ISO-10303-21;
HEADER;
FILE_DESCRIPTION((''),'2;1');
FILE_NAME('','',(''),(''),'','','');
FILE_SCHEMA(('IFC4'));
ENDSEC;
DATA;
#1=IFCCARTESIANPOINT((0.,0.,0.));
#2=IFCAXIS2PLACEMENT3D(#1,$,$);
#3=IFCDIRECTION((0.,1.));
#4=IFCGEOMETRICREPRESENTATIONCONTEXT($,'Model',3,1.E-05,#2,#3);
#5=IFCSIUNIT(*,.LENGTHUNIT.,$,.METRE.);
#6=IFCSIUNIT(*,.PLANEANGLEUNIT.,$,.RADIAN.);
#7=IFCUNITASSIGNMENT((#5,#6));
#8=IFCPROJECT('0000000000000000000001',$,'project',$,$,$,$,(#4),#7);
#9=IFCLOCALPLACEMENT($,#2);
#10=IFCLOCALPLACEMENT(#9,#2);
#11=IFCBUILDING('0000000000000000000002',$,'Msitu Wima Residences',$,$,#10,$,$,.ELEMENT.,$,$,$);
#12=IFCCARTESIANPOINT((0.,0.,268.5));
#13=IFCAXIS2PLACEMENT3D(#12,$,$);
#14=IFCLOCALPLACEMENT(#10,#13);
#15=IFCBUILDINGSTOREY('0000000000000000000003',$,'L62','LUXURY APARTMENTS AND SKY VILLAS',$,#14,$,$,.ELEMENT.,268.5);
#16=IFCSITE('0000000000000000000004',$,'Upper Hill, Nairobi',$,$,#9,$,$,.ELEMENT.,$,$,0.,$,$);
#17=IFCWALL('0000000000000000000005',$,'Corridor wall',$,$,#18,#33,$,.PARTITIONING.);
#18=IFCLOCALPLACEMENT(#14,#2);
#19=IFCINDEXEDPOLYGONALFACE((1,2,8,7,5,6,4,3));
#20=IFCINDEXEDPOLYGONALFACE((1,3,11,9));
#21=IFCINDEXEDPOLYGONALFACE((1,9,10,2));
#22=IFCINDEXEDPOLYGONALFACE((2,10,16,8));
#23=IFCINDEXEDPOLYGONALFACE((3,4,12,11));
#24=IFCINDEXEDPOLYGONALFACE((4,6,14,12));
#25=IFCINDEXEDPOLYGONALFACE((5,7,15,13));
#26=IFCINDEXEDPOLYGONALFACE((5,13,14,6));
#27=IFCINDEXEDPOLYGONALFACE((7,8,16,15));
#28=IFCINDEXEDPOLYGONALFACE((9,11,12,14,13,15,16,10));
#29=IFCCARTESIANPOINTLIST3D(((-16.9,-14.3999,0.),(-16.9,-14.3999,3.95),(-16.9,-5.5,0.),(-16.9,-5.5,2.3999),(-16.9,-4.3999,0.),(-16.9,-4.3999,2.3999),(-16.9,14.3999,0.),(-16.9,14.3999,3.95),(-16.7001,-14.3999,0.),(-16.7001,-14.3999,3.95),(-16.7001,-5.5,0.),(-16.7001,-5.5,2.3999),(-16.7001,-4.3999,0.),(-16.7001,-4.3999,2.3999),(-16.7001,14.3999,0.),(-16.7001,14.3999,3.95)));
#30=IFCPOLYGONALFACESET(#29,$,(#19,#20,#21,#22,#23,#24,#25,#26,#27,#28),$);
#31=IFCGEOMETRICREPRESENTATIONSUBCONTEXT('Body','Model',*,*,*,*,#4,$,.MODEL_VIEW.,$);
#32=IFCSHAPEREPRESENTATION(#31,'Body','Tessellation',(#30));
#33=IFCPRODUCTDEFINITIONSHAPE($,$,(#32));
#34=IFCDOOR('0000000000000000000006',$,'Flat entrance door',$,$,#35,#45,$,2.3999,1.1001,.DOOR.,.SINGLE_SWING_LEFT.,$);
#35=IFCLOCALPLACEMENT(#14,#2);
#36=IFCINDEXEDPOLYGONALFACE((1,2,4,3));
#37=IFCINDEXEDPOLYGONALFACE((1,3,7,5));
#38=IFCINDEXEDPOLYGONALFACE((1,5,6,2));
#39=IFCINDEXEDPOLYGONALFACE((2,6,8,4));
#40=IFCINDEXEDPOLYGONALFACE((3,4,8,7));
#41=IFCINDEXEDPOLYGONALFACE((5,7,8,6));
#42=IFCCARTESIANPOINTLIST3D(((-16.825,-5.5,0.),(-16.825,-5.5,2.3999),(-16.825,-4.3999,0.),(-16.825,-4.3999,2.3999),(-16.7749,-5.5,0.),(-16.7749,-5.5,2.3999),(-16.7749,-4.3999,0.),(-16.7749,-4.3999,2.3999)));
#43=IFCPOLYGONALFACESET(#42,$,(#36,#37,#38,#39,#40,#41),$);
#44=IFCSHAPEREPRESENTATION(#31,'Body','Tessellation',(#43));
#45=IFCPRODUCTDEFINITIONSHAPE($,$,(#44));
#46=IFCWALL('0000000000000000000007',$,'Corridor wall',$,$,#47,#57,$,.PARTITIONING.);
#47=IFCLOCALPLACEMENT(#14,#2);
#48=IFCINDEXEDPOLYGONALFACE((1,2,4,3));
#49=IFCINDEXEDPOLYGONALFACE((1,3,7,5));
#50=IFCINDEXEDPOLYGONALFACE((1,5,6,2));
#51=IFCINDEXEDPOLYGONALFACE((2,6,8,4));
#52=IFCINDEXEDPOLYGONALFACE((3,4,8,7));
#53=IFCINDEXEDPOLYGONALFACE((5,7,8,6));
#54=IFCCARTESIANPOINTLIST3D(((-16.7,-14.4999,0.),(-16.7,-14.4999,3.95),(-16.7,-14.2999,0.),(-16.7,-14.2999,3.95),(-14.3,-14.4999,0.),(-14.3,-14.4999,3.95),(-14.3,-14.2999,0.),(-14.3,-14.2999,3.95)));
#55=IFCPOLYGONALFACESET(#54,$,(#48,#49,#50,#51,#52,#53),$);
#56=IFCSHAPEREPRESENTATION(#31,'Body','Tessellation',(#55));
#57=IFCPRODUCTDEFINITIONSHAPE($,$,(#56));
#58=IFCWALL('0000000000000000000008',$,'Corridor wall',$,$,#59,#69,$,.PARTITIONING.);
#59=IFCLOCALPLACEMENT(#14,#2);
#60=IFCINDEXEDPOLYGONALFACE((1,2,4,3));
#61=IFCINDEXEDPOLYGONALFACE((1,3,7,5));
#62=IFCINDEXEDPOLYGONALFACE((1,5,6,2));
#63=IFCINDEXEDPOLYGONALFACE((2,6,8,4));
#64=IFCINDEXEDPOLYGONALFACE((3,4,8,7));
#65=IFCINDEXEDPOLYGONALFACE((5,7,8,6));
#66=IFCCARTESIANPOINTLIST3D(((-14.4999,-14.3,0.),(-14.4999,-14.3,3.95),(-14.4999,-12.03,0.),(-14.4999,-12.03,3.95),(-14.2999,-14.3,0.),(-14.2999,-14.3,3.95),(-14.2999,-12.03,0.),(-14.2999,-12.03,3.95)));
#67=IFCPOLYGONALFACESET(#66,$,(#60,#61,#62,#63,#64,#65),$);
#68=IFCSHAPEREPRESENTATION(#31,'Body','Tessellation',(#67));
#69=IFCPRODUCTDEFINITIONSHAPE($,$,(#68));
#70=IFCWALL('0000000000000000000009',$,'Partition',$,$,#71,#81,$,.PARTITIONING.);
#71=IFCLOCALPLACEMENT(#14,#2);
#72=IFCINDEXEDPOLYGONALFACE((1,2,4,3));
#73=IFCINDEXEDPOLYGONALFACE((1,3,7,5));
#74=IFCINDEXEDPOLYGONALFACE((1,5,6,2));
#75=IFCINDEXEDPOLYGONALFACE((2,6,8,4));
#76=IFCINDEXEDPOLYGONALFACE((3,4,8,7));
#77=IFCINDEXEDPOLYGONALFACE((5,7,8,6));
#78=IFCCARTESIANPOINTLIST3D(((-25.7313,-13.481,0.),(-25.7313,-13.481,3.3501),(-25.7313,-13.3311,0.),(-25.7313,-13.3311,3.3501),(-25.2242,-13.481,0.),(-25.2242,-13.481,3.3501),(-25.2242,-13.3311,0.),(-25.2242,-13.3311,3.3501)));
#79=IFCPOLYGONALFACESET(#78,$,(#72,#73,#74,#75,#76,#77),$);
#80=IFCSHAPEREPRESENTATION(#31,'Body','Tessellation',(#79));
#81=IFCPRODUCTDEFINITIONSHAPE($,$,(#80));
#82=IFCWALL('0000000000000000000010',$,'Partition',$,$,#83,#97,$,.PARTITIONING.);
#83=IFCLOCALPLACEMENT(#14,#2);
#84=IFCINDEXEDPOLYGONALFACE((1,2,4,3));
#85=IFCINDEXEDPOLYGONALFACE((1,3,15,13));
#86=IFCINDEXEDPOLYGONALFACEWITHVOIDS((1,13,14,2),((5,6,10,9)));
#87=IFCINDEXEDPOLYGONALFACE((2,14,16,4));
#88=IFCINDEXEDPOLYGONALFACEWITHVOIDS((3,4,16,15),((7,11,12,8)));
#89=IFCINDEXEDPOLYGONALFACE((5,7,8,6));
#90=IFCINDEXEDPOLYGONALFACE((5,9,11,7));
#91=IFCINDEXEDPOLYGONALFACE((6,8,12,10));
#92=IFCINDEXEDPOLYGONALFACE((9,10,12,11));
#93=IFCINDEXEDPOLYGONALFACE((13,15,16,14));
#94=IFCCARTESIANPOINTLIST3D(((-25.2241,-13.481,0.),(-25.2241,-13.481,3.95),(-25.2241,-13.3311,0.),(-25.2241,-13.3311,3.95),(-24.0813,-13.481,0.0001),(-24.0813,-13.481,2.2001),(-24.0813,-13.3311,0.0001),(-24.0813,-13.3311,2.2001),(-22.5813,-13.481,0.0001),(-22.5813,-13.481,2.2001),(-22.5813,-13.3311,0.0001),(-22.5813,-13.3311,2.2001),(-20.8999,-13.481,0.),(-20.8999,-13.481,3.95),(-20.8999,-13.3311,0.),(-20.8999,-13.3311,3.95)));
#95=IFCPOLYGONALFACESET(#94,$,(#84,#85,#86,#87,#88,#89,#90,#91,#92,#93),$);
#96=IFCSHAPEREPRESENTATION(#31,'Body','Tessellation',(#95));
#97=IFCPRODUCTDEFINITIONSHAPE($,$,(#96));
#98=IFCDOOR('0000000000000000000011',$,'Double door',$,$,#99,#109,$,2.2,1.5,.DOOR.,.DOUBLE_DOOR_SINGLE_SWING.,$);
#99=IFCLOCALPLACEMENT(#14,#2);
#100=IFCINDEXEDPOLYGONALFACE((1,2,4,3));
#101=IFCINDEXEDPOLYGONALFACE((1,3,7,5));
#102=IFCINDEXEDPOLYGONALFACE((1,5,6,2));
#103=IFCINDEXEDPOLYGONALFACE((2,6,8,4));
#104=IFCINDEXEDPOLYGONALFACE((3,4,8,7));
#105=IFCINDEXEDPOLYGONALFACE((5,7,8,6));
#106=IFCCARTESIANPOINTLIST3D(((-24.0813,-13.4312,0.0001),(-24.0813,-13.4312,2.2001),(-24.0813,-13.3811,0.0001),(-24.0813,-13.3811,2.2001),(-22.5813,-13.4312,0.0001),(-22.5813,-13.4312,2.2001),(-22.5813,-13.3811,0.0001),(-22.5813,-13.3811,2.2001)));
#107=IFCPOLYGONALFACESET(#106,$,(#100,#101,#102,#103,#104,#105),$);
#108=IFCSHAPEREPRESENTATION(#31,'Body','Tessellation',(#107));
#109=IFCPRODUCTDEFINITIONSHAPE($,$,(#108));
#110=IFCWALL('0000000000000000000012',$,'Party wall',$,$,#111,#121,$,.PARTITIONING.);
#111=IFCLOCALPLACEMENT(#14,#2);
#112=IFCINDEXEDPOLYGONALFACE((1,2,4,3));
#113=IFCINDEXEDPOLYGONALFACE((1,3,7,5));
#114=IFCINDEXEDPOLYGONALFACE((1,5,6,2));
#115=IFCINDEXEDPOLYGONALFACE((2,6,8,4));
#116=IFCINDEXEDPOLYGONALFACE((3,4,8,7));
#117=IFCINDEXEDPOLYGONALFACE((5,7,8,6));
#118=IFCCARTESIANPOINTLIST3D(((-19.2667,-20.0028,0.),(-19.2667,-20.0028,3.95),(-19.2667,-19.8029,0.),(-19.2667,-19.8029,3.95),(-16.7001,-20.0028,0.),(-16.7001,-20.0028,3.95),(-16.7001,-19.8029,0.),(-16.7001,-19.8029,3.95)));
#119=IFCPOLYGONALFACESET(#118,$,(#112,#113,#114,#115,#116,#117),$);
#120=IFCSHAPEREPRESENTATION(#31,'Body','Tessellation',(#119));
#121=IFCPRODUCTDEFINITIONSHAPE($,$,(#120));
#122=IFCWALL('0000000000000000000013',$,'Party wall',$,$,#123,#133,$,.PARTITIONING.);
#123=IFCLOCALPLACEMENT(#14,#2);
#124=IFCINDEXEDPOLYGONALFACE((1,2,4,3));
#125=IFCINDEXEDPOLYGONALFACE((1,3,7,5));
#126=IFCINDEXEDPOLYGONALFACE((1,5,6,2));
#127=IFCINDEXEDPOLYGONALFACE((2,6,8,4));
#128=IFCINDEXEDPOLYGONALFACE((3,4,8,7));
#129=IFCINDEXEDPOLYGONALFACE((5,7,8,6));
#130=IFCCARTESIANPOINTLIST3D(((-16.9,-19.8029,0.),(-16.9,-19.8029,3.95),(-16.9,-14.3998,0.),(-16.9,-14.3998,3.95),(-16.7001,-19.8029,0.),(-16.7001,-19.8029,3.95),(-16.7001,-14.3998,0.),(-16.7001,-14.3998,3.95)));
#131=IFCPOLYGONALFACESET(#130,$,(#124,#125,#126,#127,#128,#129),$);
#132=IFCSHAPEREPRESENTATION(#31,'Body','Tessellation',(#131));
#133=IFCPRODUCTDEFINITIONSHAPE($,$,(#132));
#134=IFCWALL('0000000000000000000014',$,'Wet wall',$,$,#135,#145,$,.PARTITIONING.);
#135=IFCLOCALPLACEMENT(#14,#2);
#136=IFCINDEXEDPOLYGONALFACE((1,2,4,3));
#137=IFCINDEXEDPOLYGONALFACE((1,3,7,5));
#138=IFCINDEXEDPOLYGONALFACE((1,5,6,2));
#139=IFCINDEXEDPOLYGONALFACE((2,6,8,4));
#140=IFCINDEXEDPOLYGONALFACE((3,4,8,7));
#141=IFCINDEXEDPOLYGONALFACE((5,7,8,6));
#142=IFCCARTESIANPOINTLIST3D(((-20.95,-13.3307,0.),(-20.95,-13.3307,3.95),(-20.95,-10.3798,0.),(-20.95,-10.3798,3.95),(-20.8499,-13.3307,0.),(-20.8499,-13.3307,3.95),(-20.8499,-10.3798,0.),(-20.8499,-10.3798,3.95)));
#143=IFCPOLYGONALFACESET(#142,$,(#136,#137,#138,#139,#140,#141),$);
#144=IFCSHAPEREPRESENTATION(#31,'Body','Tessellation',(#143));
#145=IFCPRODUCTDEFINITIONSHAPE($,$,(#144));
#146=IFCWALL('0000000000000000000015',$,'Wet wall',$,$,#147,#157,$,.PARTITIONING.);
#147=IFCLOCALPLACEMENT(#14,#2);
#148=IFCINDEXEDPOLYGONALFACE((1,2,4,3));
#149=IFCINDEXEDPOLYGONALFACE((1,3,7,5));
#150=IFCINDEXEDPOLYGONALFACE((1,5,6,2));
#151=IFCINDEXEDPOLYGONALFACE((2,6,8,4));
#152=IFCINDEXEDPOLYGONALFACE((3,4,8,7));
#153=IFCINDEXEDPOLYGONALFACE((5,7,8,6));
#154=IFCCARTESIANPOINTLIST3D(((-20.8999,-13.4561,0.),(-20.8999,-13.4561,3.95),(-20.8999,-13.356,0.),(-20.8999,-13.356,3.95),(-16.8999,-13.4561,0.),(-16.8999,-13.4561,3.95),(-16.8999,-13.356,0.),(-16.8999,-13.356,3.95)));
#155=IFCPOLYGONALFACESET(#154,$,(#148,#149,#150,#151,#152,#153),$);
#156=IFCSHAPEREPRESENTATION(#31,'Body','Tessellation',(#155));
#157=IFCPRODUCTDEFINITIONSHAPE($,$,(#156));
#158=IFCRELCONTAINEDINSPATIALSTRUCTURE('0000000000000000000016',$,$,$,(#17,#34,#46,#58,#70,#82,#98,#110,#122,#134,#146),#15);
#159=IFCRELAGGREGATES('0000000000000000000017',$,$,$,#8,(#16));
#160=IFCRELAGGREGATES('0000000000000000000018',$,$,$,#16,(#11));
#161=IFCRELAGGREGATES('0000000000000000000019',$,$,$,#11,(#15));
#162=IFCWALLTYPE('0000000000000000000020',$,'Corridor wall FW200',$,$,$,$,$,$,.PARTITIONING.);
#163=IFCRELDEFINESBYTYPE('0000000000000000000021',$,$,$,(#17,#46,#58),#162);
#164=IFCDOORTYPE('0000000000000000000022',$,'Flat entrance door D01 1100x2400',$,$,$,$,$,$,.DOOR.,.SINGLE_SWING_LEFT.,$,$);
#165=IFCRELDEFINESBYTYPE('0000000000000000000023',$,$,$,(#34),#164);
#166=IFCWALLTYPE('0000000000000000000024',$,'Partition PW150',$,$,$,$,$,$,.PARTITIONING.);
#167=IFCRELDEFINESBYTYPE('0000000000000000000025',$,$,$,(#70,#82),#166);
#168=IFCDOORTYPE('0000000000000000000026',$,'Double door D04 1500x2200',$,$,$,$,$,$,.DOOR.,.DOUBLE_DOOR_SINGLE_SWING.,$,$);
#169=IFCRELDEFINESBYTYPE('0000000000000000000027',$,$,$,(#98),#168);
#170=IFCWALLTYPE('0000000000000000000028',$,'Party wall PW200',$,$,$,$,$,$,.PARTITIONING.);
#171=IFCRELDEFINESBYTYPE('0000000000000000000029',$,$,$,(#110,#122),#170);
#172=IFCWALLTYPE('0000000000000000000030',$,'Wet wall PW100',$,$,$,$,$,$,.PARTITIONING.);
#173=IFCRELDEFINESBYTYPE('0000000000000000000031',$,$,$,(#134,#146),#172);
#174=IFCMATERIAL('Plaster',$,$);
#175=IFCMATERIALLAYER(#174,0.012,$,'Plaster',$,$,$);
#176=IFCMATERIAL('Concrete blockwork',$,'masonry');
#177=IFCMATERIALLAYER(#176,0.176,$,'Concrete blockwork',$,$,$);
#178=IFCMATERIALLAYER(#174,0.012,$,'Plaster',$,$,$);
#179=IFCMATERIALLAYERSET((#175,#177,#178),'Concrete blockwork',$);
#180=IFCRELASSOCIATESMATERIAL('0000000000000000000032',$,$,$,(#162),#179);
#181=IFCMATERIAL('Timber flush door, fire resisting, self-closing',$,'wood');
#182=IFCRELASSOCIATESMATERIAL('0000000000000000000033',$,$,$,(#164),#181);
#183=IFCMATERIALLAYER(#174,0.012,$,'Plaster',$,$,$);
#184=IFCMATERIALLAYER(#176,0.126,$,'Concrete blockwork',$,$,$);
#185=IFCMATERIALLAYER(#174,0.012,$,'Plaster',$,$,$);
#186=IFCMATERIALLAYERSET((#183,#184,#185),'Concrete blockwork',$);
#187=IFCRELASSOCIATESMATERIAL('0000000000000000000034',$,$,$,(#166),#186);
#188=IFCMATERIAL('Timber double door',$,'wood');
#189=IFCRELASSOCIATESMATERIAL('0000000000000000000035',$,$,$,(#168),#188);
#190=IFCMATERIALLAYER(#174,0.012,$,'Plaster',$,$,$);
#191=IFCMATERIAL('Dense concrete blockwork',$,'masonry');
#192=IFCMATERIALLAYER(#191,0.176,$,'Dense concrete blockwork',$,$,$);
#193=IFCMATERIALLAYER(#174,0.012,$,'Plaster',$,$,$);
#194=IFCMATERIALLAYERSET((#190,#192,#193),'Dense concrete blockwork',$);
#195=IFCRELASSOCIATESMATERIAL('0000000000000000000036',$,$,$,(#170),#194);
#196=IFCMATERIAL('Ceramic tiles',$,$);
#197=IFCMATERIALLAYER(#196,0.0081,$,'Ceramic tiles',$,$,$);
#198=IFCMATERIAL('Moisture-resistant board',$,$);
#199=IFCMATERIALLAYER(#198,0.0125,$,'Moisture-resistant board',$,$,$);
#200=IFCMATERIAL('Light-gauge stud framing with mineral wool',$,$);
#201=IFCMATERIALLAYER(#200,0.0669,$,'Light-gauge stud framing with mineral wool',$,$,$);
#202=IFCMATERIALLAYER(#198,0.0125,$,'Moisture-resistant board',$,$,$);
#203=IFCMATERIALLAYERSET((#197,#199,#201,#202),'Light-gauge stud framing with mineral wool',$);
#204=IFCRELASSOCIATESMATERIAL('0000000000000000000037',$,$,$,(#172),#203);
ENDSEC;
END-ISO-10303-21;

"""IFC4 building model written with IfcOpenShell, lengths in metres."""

from ifc_helpers import new_model, si_unit, direction, frame, frame_2d, origin, place, context, subcontext, project, spatial, rectangle, extrude, material, layer, layer_set, type_object, element, fill, save


model = new_model("IFC4")

# Units and contexts
model_context = context("Model", 3, precision=1e-05, world=origin(), true_north=direction((0.0, 1.0)))
body_context = subcontext(model_context, "Body", "Model", "MODEL_VIEW")
ifc_project = project(units=[si_unit("LENGTHUNIT", "METRE"), si_unit("PLANEANGLEUNIT", "RADIAN")], contexts=[model_context])

# Site, building, storey
site_placement = place(None, origin())
site = spatial("IfcSite", under=ifc_project, at=site_placement, Name="Upper Hill, Nairobi", CompositionType="ELEMENT", RefElevation=0.0)
building_placement = place(site_placement, origin())
building = spatial("IfcBuilding", under=site, at=building_placement, Name="Msitu Wima Residences", CompositionType="ELEMENT")
storey_placement = place(building_placement, frame((0.0, 0.0, 268.5)))
storey = spatial("IfcBuildingStorey", under=building, at=storey_placement, Name="L62", Description="LUXURY APARTMENTS AND SKY VILLAS", CompositionType="ELEMENT", Elevation=268.5)

# Wall, opening, door
ifc_material_1 = material(Name="Plaster")
ifc_layer_1 = layer(ifc_material_1, 0.012, Name="Plaster")
ifc_material_2 = material(Name="Concrete blockwork", Category="masonry")
ifc_layer_2 = layer(ifc_material_2, 0.176, Name="Concrete blockwork")
ifc_layer_3 = layer(ifc_material_1, 0.012, Name="Plaster")
ifc_layer_set_1 = layer_set([ifc_layer_1, ifc_layer_2, ifc_layer_3], Name="Concrete blockwork")
wall_type_1 = type_object("IfcWallType", Name="Corridor wall FW200", PredefinedType="PARTITIONING", material=ifc_layer_set_1)
wall_1_placement = place(storey_placement, frame((-16.8, -14.3999, 0.0), z_axis=(0.0, 0.0, 1.0), x_axis=(0.0, 1.0, 0.0)))
wall_1 = element("IfcWall", 1, at=wall_1_placement, inside=storey, type_object=wall_type_1, Name="Corridor wall", PredefinedType="PARTITIONING", context=body_context, shape_type="SweptSolid", body=[
    extrude(rectangle(XDim=28.7998, YDim=0.2, at=frame_2d((14.3999, 0.0))), origin(), (0.0, 0.0, 1.0), 3.95),
])
opening_1_placement = place(wall_1_placement, frame((8.8999, 0.0, 0.0)))
opening_1 = element("IfcOpeningElement", 2, at=opening_1_placement, cuts=wall_1, PredefinedType="OPENING", context=body_context, shape_type="SweptSolid", body=[
    extrude(rectangle(XDim=1.1001, YDim=2.3999, at=frame_2d((0.55, 1.2))), frame((0.0, 0.1099, 0.0), z_axis=(0.0, -1.0, 0.0), x_axis=(1.0, 0.0, 0.0)), (0.0, 0.0, 1.0), 0.22),
])
ifc_material_3 = material(Name="Timber flush door, fire resisting, self-closing", Category="wood")
door_type_1 = type_object("IfcDoorType", Name="Flat entrance door D01 1100x2400", OperationType="SINGLE_SWING_LEFT", PredefinedType="DOOR", material=ifc_material_3)
door_1_placement = place(opening_1_placement, origin())
door_1 = element("IfcDoor", 3, at=door_1_placement, inside=storey, type_object=door_type_1, Name="Flat entrance door", OperationType="SINGLE_SWING_LEFT", OverallHeight=2.3999, OverallWidth=1.1001, PredefinedType="DOOR", context=body_context, shape_type="SweptSolid", body=[
    extrude(rectangle(XDim=1.1001, YDim=2.3999, at=frame_2d((0.55, 1.2))), frame((0.0, 0.0249, 0.0), z_axis=(0.0, -1.0, 0.0), x_axis=(1.0, 0.0, 0.0)), (0.0, 0.0, 1.0), 0.05),
])
fill(opening_1, door_1)

# Walls
wall_2_placement = place(storey_placement, frame((-16.7, -14.3999, 0.0), z_axis=(0.0, 0.0, 1.0), x_axis=(1.0, 0.0, 0.0)))
element("IfcWall", 4, at=wall_2_placement, inside=storey, type_object=wall_type_1, Name="Corridor wall", PredefinedType="PARTITIONING", context=body_context, shape_type="SweptSolid", body=[
    extrude(rectangle(XDim=2.3999, YDim=0.2, at=frame_2d((1.2, 0.0))), origin(), (0.0, 0.0, 1.0), 3.95),
])
wall_3_placement = place(storey_placement, frame((-14.3999, -14.3, 0.0), z_axis=(0.0, 0.0, 1.0), x_axis=(0.0, 1.0, 0.0)))
element("IfcWall", 5, at=wall_3_placement, inside=storey, type_object=wall_type_1, Name="Corridor wall", PredefinedType="PARTITIONING", context=body_context, shape_type="SweptSolid", body=[
    extrude(rectangle(XDim=2.27, YDim=0.2, at=frame_2d((1.135, 0.0))), origin(), (0.0, 0.0, 1.0), 3.95),
])
ifc_layer_4 = layer(ifc_material_1, 0.012, Name="Plaster")
ifc_layer_5 = layer(ifc_material_2, 0.126, Name="Concrete blockwork")
ifc_layer_6 = layer(ifc_material_1, 0.012, Name="Plaster")
ifc_layer_set_2 = layer_set([ifc_layer_4, ifc_layer_5, ifc_layer_6], Name="Concrete blockwork")
wall_type_2 = type_object("IfcWallType", Name="Partition PW150", PredefinedType="PARTITIONING", material=ifc_layer_set_2)
wall_4_placement = place(storey_placement, frame((-25.7312, -13.406, 0.0), z_axis=(0.0, 0.0, 1.0), x_axis=(1.0, 0.0, 0.0)))
element("IfcWall", 6, at=wall_4_placement, inside=storey, type_object=wall_type_2, Name="Partition", PredefinedType="PARTITIONING", context=body_context, shape_type="SweptSolid", body=[
    extrude(rectangle(XDim=0.5071, YDim=0.1499, at=frame_2d((0.2534, 0.0))), origin(), (0.0, 0.0, 1.0), 3.3501),
])

# Wall, opening, door
wall_5_placement = place(storey_placement, frame((-25.2241, -13.406, 0.0), z_axis=(0.0, 0.0, 1.0), x_axis=(1.0, 0.0, 0.0)))
wall_5 = element("IfcWall", 7, at=wall_5_placement, inside=storey, type_object=wall_type_2, Name="Partition", PredefinedType="PARTITIONING", context=body_context, shape_type="SweptSolid", body=[
    extrude(rectangle(XDim=4.3242, YDim=0.1499, at=frame_2d((2.1621, 0.0))), origin(), (0.0, 0.0, 1.0), 3.95),
])
opening_2_placement = place(wall_5_placement, frame((1.1428, 0.0, 0.0)))
opening_2 = element("IfcOpeningElement", 8, at=opening_2_placement, cuts=wall_5, PredefinedType="OPENING", context=body_context, shape_type="SweptSolid", body=[
    extrude(rectangle(XDim=1.5, YDim=2.2, at=frame_2d((0.75, 1.1001))), frame((0.0, 0.085, 0.0), z_axis=(0.0, -1.0, 0.0), x_axis=(1.0, 0.0, 0.0)), (0.0, 0.0, 1.0), 0.1699),
])
ifc_material_4 = material(Name="Timber double door", Category="wood")
door_type_2 = type_object("IfcDoorType", Name="Double door D04 1500x2200", OperationType="DOUBLE_DOOR_SINGLE_SWING", PredefinedType="DOOR", material=ifc_material_4)
door_2_placement = place(opening_2_placement, origin())
door_2 = element("IfcDoor", 9, at=door_2_placement, inside=storey, type_object=door_type_2, Name="Double door", OperationType="DOUBLE_DOOR_SINGLE_SWING", OverallHeight=2.2, OverallWidth=1.5, PredefinedType="DOOR", context=body_context, shape_type="SweptSolid", body=[
    extrude(rectangle(XDim=1.5, YDim=2.2, at=frame_2d((0.75, 1.1001))), frame((0.0, 0.0249, 0.0), z_axis=(0.0, -1.0, 0.0), x_axis=(1.0, 0.0, 0.0)), (0.0, 0.0, 1.0), 0.05),
])
fill(opening_2, door_2)

# Walls
ifc_layer_7 = layer(ifc_material_1, 0.012, Name="Plaster")
ifc_material_5 = material(Name="Dense concrete blockwork", Category="masonry")
ifc_layer_8 = layer(ifc_material_5, 0.176, Name="Dense concrete blockwork")
ifc_layer_9 = layer(ifc_material_1, 0.012, Name="Plaster")
ifc_layer_set_3 = layer_set([ifc_layer_7, ifc_layer_8, ifc_layer_9], Name="Dense concrete blockwork")
wall_type_3 = type_object("IfcWallType", Name="Party wall PW200", PredefinedType="PARTITIONING", material=ifc_layer_set_3)
wall_6_placement = place(storey_placement, frame((-19.2666, -19.9028, 0.0), z_axis=(0.0, 0.0, 1.0), x_axis=(1.0, 0.0, 0.0)))
element("IfcWall", 10, at=wall_6_placement, inside=storey, type_object=wall_type_3, Name="Party wall", PredefinedType="PARTITIONING", context=body_context, shape_type="SweptSolid", body=[
    extrude(rectangle(XDim=2.5667, YDim=0.2, at=frame_2d((1.2832, 0.0))), origin(), (0.0, 0.0, 1.0), 3.95),
])
wall_7_placement = place(storey_placement, frame((-16.8, -19.803, 0.0), z_axis=(0.0, 0.0, 1.0), x_axis=(0.0, 1.0, 0.0)))
element("IfcWall", 11, at=wall_7_placement, inside=storey, type_object=wall_type_3, Name="Party wall", PredefinedType="PARTITIONING", context=body_context, shape_type="SweptSolid", body=[
    extrude(rectangle(XDim=5.4031, YDim=0.2, at=frame_2d((2.7017, 0.0))), origin(), (0.0, 0.0, 1.0), 3.95),
])
ifc_material_6 = material(Name="Ceramic tiles")
ifc_layer_10 = layer(ifc_material_6, 0.0081, Name="Ceramic tiles")
ifc_material_7 = material(Name="Moisture-resistant board")
ifc_layer_11 = layer(ifc_material_7, 0.0125, Name="Moisture-resistant board")
ifc_material_8 = material(Name="Light-gauge stud framing with mineral wool")
ifc_layer_12 = layer(ifc_material_8, 0.0669, Name="Light-gauge stud framing with mineral wool")
ifc_layer_13 = layer(ifc_material_7, 0.0125, Name="Moisture-resistant board")
ifc_layer_set_4 = layer_set([ifc_layer_10, ifc_layer_11, ifc_layer_12, ifc_layer_13], Name="Light-gauge stud framing with mineral wool")
wall_type_4 = type_object("IfcWallType", Name="Wet wall PW100", PredefinedType="PARTITIONING", material=ifc_layer_set_4)
wall_8_placement = place(storey_placement, frame((-20.8999, -13.3308, 0.0), z_axis=(0.0, 0.0, 1.0), x_axis=(0.0, 1.0, 0.0)))
element("IfcWall", 12, at=wall_8_placement, inside=storey, type_object=wall_type_4, Name="Wet wall", PredefinedType="PARTITIONING", context=body_context, shape_type="SweptSolid", body=[
    extrude(rectangle(XDim=2.9509, YDim=0.1001, at=frame_2d((1.4756, 0.0))), origin(), (0.0, 0.0, 1.0), 3.95),
])
wall_9_placement = place(storey_placement, frame((-20.8999, -13.406, 0.0), z_axis=(0.0, 0.0, 1.0), x_axis=(1.0, 0.0, 0.0)))
element("IfcWall", 13, at=wall_9_placement, inside=storey, type_object=wall_type_4, Name="Wet wall", PredefinedType="PARTITIONING", context=body_context, shape_type="SweptSolid", body=[
    extrude(rectangle(XDim=4.0, YDim=0.1001, at=frame_2d((2.0, 0.0))), origin(), (0.0, 0.0, 1.0), 3.95),
])

save(model, "model.ifc")
